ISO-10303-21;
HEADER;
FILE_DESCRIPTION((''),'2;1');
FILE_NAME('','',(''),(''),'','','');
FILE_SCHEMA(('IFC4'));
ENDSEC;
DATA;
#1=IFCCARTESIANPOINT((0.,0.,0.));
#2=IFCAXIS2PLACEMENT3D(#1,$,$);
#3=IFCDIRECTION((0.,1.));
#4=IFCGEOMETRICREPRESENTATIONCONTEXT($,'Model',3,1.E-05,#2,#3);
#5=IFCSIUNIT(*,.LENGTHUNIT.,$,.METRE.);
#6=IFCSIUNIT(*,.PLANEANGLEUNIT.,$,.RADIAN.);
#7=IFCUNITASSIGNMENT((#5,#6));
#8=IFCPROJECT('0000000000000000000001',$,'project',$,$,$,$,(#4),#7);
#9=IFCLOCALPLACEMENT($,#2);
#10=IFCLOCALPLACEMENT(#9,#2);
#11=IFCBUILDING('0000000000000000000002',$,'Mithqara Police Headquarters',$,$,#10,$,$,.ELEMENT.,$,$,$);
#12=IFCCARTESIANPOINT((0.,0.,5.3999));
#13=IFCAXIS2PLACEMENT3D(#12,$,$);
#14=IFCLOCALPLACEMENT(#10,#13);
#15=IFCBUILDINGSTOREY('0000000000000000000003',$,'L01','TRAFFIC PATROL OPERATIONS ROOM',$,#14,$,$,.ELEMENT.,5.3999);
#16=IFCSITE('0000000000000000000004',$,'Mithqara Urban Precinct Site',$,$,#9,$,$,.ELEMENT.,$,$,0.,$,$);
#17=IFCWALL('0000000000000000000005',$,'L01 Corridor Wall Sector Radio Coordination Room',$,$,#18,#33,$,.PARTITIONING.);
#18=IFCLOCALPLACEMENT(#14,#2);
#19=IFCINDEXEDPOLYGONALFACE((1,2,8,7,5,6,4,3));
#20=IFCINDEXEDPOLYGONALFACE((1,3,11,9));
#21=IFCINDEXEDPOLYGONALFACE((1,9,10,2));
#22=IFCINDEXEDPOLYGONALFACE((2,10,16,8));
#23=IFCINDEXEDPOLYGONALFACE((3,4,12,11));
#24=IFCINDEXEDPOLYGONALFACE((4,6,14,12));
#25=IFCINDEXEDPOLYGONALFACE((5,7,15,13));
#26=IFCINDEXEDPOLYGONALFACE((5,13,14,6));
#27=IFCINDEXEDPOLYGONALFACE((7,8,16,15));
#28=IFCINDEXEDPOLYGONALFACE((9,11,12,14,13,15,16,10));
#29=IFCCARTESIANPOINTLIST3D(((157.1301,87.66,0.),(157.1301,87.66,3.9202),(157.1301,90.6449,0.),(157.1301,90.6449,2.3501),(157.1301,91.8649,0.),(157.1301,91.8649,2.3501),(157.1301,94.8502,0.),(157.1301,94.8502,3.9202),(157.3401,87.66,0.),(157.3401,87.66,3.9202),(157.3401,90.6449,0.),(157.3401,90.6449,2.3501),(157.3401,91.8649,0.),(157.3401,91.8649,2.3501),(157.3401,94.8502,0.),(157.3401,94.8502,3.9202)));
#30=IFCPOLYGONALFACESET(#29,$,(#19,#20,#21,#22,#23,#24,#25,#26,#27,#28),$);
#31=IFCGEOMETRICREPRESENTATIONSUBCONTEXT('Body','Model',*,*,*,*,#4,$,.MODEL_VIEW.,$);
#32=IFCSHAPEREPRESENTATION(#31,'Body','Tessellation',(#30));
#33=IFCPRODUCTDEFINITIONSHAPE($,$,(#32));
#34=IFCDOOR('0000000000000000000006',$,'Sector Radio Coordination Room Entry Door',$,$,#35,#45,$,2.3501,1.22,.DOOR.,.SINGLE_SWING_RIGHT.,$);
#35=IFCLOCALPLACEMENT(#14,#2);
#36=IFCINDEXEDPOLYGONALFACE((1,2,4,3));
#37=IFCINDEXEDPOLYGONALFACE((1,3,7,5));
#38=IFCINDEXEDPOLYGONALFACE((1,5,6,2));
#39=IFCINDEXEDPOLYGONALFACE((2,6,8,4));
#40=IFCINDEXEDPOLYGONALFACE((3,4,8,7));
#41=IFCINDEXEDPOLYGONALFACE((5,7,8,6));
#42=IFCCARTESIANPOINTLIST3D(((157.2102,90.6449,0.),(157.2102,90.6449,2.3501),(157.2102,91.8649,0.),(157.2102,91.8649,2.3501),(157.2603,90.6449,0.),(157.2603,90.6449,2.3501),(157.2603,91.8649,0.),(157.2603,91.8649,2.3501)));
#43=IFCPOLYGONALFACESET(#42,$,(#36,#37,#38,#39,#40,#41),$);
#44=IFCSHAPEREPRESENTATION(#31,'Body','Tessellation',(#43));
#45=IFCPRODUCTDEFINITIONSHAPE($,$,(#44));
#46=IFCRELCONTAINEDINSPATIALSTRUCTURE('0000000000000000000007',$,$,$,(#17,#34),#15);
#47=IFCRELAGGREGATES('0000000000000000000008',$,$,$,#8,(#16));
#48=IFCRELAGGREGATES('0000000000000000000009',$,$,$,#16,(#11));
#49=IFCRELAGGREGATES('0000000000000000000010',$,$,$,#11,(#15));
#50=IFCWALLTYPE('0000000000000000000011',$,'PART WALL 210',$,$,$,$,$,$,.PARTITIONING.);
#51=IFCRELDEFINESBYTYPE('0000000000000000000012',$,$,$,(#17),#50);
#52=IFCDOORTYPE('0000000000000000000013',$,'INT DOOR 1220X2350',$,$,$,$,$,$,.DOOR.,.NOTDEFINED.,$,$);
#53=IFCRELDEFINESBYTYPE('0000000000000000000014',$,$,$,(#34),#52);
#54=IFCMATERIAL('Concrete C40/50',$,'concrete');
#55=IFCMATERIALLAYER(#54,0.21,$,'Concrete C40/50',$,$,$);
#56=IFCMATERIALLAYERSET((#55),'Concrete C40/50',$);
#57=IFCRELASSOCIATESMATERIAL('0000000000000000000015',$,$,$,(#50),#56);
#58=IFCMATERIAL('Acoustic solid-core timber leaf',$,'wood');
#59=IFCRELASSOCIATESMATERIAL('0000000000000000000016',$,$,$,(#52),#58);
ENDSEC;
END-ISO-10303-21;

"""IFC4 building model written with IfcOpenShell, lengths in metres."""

from ifc_helpers import new_model, si_unit, direction, frame, frame_2d, origin, place, context, subcontext, project, spatial, rectangle, extrude, material, layer, layer_set, type_object, element, fill, save


model = new_model("IFC4")

# Units and contexts
model_context = context("Model", 3, precision=1e-05, world=origin(), true_north=direction((0.0, 1.0)))
body_context = subcontext(model_context, "Body", "Model", "MODEL_VIEW")
ifc_project = project(units=[si_unit("LENGTHUNIT", "METRE"), si_unit("PLANEANGLEUNIT", "RADIAN")], contexts=[model_context])

# Site, building, storey
site_placement = place(None, origin())
site = spatial("IfcSite", under=ifc_project, at=site_placement, Name="Mithqara Urban Precinct Site", CompositionType="ELEMENT", RefElevation=0.0)
building_placement = place(site_placement, origin())
building = spatial("IfcBuilding", under=site, at=building_placement, Name="Mithqara Police Headquarters", CompositionType="ELEMENT")
storey_placement = place(building_placement, frame((0.0, 0.0, 5.3999)))
storey = spatial("IfcBuildingStorey", under=building, at=storey_placement, Name="L01", Description="TRAFFIC PATROL OPERATIONS ROOM", CompositionType="ELEMENT", Elevation=5.3999)

# Shared definitions
ifc_material_1 = material(Name="Concrete C40/50", Category="concrete")

# Shared definitions
ifc_layer_1 = layer(ifc_material_1, 0.21, Name="Concrete C40/50")
ifc_layer_set_1 = layer_set([ifc_layer_1], Name="Concrete C40/50")
wall_type = type_object("IfcWallType", Name="PART WALL 210", PredefinedType="PARTITIONING", material=ifc_layer_set_1)
ifc_material_2 = material(Name="Acoustic solid-core timber leaf", Category="wood")

# Wall, opening, door
wall_1_placement = place(storey_placement, frame((157.2351, 87.6599, 0.0), z_axis=(0.0, 0.0, 1.0), x_axis=(0.0, 1.0, 0.0)))
wall_1 = element("IfcWall", 1, at=wall_1_placement, inside=storey, type_object=wall_type, Name="L01 Corridor Wall Sector Radio Coordination Room", PredefinedType="PARTITIONING", context=body_context, shape_type="SweptSolid", body=[
    extrude(rectangle(XDim=7.1902, YDim=0.21, at=frame_2d((3.5952, 0.0))), origin(), (0.0, 0.0, 1.0), 3.9202),
])
opening_1_placement = place(wall_1_placement, frame((2.9851, 0.0, 0.0)))
opening_1 = element("IfcOpeningElement", 2, at=opening_1_placement, cuts=wall_1, PredefinedType="OPENING", context=body_context, shape_type="SweptSolid", body=[
    extrude(rectangle(XDim=1.22, YDim=2.3501, at=frame_2d((0.6099, 1.175))), frame((0.0, 0.115, 0.0), z_axis=(0.0, -1.0, 0.0), x_axis=(1.0, 0.0, 0.0)), (0.0, 0.0, 1.0), 0.23),
])
door_type_1 = type_object("IfcDoorType", Name="INT DOOR 1220X2350", OperationType="NOTDEFINED", PredefinedType="DOOR", material=ifc_material_2)
door_1_placement = place(opening_1_placement, origin())
door_1 = element("IfcDoor", 3, at=door_1_placement, inside=storey, type_object=door_type_1, Name="Sector Radio Coordination Room Entry Door", OperationType="SINGLE_SWING_RIGHT", OverallHeight=2.3501, OverallWidth=1.22, PredefinedType="DOOR", context=body_context, shape_type="SweptSolid", body=[
    extrude(rectangle(XDim=1.22, YDim=2.3501, at=frame_2d((0.6099, 1.175))), frame((0.0, 0.0249, 0.0), z_axis=(0.0, -1.0, 0.0), x_axis=(1.0, 0.0, 0.0)), (0.0, 0.0, 1.0), 0.05),
])
fill(opening_1, door_1)

save(model, "model.ifc")
